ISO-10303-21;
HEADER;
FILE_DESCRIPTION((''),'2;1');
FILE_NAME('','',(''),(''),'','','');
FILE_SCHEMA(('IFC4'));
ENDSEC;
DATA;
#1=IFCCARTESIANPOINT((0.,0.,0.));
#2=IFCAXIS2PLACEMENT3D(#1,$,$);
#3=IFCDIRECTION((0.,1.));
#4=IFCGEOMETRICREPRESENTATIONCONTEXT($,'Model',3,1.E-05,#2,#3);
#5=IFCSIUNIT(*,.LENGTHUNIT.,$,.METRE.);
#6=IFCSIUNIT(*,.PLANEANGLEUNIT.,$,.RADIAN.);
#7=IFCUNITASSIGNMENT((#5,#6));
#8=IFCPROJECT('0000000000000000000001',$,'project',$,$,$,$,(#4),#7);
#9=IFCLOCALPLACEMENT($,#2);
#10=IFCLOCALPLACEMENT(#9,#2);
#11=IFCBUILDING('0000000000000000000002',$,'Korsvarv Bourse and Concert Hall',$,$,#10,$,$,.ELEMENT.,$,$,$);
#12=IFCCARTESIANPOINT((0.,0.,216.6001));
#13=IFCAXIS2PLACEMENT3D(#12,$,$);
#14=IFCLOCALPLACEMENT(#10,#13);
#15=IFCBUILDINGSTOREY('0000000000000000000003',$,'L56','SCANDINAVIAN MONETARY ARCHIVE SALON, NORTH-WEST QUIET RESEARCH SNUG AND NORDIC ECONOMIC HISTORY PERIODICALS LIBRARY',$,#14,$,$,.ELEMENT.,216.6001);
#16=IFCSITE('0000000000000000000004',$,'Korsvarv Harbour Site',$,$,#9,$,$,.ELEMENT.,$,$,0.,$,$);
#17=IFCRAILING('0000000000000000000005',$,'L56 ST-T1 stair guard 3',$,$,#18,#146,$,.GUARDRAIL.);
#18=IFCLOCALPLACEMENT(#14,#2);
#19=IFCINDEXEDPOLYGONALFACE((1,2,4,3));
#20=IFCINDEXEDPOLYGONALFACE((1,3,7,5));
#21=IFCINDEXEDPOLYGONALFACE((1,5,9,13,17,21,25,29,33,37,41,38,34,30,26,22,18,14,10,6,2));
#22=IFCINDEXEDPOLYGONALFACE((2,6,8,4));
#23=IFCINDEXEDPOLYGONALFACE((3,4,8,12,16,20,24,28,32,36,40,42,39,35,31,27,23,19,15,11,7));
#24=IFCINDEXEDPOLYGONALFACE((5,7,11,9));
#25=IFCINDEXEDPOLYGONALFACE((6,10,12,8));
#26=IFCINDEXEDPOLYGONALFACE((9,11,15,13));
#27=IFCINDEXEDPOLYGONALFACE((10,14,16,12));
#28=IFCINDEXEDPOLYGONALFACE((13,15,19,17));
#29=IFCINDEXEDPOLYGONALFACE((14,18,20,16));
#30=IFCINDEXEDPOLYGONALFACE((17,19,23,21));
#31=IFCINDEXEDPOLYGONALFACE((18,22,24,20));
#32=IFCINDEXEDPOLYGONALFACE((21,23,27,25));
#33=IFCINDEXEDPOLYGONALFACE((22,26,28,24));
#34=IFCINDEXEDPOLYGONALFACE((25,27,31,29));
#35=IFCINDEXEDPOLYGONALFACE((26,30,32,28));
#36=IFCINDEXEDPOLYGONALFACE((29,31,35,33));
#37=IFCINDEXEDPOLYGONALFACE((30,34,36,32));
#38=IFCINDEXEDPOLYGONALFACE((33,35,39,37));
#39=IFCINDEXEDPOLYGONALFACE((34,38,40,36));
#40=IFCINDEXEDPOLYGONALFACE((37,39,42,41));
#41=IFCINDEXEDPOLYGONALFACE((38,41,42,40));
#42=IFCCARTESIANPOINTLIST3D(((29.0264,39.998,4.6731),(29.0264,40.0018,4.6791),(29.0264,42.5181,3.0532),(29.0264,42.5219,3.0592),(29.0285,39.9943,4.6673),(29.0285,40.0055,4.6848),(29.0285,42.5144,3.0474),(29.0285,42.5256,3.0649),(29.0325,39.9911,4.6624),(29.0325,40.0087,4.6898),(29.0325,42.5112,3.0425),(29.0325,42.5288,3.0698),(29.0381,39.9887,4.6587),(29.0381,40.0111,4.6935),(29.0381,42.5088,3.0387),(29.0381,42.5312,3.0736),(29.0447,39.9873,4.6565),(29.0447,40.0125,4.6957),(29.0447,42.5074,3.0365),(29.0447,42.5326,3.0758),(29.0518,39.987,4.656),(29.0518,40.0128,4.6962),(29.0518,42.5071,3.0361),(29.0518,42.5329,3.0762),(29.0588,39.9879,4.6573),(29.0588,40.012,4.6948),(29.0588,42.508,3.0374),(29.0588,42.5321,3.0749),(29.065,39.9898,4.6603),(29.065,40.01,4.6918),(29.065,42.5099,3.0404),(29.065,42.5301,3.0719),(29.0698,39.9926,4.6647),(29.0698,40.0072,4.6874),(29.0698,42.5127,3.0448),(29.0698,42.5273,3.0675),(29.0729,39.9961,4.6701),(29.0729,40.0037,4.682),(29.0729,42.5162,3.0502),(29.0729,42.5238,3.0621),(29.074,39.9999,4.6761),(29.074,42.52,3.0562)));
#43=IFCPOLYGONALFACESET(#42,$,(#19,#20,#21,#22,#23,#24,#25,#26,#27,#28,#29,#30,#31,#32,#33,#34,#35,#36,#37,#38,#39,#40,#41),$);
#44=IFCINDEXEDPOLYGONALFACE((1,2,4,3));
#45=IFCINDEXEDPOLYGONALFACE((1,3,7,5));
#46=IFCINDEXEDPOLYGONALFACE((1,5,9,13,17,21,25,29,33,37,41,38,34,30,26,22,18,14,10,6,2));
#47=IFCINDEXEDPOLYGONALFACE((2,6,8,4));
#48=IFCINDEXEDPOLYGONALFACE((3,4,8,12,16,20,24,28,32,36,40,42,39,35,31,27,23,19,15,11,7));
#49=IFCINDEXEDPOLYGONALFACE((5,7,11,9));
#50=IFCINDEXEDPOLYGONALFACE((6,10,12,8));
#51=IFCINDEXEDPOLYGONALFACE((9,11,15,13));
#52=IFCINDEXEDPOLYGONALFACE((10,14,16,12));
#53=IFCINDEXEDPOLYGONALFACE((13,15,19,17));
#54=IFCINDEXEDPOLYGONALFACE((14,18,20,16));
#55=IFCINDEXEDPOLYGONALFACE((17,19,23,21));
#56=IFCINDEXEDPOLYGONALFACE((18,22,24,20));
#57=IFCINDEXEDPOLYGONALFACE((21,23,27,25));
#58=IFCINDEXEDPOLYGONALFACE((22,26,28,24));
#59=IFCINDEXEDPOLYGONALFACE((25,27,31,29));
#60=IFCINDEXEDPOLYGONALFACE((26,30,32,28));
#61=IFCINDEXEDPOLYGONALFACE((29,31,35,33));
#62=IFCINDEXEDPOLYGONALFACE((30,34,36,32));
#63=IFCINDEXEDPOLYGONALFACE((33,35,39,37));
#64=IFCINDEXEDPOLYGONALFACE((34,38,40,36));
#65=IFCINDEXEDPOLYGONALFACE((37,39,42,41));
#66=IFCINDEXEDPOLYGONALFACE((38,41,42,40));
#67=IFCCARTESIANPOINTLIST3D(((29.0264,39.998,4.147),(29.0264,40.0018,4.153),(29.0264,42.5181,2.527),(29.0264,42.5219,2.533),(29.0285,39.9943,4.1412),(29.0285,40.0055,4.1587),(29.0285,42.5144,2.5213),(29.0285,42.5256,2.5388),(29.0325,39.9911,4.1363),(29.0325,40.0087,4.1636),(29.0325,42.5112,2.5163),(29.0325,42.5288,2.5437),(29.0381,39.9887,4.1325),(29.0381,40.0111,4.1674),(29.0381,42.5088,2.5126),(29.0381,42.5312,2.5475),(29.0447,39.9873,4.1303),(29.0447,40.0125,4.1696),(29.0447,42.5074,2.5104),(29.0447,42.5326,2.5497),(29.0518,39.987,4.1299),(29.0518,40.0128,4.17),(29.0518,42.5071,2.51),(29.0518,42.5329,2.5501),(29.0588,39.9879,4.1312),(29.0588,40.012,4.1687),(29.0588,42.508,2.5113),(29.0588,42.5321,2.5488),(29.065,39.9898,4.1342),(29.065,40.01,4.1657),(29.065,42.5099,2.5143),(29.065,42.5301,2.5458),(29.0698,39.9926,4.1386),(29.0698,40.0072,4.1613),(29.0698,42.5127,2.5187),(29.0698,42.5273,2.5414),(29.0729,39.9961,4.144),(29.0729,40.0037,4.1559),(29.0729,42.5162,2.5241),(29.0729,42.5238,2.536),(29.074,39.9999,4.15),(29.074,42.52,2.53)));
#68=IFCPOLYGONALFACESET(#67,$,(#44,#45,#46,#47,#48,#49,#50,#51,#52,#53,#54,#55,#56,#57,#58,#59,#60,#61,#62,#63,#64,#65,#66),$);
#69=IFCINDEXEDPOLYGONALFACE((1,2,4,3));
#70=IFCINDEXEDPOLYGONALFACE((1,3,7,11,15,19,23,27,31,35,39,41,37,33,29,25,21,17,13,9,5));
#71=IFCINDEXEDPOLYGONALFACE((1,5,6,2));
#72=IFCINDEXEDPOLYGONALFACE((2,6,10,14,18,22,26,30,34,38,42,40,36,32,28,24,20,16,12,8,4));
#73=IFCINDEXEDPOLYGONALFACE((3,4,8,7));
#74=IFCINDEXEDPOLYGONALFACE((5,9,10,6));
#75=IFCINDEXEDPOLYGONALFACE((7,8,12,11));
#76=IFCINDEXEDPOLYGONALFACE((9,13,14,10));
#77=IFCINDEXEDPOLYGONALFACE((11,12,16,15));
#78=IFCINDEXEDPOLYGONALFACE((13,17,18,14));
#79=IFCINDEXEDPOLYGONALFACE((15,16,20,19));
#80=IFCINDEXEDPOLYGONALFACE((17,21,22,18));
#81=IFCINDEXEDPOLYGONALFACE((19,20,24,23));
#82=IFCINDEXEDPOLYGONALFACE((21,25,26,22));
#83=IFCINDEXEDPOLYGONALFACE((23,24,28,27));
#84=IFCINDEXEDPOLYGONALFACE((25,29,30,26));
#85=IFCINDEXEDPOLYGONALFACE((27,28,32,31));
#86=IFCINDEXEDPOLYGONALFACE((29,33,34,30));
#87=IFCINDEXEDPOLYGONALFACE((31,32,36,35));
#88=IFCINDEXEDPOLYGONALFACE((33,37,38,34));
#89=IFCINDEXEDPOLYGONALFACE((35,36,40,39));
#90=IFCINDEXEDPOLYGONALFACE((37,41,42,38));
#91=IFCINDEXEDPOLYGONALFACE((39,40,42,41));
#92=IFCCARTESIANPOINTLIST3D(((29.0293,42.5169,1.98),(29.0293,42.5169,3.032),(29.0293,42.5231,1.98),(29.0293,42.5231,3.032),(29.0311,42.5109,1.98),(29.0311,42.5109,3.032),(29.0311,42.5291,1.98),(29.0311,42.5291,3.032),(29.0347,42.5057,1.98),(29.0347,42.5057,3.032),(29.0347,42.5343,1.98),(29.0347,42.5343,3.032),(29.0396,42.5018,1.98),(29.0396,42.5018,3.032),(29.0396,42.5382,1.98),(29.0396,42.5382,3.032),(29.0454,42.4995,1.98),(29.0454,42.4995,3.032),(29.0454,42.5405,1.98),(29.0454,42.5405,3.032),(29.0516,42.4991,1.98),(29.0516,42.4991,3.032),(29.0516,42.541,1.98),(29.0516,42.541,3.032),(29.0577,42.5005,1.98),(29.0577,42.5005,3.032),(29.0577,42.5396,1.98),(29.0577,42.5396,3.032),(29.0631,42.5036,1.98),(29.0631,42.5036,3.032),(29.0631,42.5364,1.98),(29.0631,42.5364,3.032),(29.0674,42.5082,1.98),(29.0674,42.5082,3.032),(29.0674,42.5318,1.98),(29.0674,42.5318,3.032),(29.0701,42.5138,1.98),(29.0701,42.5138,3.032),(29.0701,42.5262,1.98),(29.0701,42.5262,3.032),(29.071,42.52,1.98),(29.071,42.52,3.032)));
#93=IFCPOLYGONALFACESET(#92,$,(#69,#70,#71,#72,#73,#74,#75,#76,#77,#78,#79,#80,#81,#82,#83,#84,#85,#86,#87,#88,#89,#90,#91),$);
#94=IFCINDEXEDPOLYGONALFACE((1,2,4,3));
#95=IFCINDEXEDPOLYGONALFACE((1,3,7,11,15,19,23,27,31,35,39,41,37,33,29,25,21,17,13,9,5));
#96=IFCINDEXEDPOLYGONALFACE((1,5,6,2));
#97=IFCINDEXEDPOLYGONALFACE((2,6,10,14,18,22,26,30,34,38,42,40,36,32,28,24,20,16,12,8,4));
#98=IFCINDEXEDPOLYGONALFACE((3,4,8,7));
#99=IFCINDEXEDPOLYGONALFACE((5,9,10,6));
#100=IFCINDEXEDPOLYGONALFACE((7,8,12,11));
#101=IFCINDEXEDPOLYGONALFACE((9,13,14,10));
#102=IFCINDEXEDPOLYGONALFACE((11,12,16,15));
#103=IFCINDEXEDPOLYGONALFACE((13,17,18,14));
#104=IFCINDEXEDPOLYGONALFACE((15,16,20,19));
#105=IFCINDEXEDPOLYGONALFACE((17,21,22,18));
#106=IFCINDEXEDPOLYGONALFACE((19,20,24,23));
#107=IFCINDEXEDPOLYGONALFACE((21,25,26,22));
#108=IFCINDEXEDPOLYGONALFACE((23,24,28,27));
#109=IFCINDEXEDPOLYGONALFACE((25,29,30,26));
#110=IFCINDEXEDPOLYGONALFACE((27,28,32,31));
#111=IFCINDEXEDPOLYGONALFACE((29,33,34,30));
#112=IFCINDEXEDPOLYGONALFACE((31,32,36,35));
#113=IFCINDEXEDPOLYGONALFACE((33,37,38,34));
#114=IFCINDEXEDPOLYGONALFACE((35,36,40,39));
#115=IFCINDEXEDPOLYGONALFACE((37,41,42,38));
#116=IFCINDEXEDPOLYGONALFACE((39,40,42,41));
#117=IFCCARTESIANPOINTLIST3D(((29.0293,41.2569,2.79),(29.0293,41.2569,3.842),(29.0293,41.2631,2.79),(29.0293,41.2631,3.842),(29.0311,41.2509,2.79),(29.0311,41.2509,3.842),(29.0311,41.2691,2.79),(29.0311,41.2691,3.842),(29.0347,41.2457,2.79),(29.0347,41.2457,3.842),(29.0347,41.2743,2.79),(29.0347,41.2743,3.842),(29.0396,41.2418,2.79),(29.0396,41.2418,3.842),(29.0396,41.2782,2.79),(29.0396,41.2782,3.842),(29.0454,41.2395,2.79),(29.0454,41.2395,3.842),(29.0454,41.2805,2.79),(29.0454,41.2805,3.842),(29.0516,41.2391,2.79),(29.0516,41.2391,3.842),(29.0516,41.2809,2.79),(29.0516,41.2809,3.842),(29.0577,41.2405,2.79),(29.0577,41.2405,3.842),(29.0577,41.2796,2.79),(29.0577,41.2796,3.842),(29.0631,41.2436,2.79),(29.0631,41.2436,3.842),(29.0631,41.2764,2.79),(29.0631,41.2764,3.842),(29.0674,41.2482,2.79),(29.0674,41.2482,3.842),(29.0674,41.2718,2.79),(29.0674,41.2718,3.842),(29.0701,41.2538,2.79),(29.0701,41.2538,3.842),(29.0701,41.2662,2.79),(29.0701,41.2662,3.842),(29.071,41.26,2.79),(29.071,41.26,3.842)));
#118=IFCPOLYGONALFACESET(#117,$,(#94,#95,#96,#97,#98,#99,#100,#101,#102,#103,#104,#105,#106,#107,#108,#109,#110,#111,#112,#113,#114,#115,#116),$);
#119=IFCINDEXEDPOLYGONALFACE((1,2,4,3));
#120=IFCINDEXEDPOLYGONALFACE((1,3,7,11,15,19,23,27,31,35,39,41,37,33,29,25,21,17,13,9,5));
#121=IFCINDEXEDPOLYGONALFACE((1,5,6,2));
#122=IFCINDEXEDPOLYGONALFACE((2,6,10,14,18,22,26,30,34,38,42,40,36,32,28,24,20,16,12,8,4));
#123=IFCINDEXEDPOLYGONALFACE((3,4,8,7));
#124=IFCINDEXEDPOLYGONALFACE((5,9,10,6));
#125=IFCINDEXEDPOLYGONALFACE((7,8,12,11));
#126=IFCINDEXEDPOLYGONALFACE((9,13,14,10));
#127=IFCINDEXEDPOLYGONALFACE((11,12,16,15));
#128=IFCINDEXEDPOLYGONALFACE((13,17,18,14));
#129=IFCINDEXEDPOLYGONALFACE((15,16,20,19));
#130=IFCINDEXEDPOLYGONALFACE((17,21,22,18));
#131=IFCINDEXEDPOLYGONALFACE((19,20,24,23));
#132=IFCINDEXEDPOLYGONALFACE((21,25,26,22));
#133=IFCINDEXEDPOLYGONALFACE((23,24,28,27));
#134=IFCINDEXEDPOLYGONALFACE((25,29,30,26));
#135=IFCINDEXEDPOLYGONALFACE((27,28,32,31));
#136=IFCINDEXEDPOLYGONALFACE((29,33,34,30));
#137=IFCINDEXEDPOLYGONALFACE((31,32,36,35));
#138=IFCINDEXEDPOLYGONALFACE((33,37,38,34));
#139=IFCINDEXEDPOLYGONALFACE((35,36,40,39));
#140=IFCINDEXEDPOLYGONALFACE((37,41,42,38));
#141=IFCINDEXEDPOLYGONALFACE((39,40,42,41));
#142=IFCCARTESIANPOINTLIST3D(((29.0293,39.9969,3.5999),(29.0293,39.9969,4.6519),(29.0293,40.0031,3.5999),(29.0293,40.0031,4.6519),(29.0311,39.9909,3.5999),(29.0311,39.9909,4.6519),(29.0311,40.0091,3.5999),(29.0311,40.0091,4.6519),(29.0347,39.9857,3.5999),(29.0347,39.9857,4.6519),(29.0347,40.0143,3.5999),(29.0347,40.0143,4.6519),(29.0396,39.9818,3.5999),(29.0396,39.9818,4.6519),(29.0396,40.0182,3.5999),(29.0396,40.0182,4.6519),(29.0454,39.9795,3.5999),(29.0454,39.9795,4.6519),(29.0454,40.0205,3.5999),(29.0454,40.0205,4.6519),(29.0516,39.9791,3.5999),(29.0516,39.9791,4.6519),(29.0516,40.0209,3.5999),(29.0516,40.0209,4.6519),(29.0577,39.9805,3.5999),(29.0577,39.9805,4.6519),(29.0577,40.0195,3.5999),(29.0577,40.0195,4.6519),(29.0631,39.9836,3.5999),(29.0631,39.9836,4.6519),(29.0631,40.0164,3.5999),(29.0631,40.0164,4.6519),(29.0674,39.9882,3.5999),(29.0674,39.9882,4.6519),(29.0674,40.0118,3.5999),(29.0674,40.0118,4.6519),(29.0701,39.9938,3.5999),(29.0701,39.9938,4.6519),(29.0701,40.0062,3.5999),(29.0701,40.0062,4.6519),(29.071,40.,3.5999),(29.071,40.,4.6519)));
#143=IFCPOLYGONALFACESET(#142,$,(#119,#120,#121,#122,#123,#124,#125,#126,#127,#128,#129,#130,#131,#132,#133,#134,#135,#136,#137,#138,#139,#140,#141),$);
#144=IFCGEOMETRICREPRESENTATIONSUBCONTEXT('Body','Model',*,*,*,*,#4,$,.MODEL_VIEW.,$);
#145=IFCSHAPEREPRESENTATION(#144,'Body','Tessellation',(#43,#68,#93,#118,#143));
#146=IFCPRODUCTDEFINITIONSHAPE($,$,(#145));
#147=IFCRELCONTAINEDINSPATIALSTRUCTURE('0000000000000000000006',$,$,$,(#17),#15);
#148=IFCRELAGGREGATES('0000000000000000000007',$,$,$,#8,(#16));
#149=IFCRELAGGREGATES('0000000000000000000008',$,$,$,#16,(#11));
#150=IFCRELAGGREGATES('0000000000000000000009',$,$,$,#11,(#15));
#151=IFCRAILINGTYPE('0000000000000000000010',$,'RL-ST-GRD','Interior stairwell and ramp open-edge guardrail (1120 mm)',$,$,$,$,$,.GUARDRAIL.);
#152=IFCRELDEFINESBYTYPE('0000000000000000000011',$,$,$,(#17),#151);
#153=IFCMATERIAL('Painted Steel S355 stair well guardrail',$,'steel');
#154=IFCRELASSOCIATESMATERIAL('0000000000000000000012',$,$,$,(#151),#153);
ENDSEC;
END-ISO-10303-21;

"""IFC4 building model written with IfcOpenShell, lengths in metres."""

from ifc_helpers import new_model, si_unit, direction, frame, origin, origin_2d, place, context, subcontext, project, spatial, circle, extrude, material, type_object, element, save


model = new_model("IFC4")

# Units and contexts
model_context = context("Model", 3, precision=1e-05, world=origin(), true_north=direction((0.0, 1.0)))
body_context = subcontext(model_context, "Body", "Model", "MODEL_VIEW")
ifc_project = project(units=[si_unit("LENGTHUNIT", "METRE"), si_unit("PLANEANGLEUNIT", "RADIAN")], contexts=[model_context])

# Site, building, storey
site_placement = place(None, origin())
site = spatial("IfcSite", under=ifc_project, at=site_placement, Name="Korsvarv Harbour Site", CompositionType="ELEMENT", RefElevation=0.0)
building_placement = place(site_placement, origin())
building = spatial("IfcBuilding", under=site, at=building_placement, Name="Korsvarv Bourse and Concert Hall", CompositionType="ELEMENT")
storey_placement = place(building_placement, frame((0.0, 0.0, 216.6001)))
storey = spatial("IfcBuildingStorey", under=building, at=storey_placement, Name="L56", Description="SCANDINAVIAN MONETARY ARCHIVE SALON, NORTH-WEST QUIET RESEARCH SNUG AND NORDIC ECONOMIC HISTORY PERIODICALS LIBRARY", CompositionType="ELEMENT", Elevation=216.6001)

# Railing
ifc_material_1 = material(Name="Painted Steel S355 stair well guardrail", Category="steel")
railing_type_1 = type_object("IfcRailingType", Name="RL-ST-GRD", Description="Interior stairwell and ramp open-edge guardrail (1120 mm)", PredefinedType="GUARDRAIL", material=ifc_material_1)
railing_1_placement = place(storey_placement, frame((29.05, 42.52, 1.98)))
element("IfcRailing", 1, at=railing_1_placement, inside=storey, type_object=railing_type_1, Name="L56 ST-T1 stair guard 3", PredefinedType="GUARDRAIL", context=body_context, shape_type="SweptSolid", body=[
    extrude(circle(Radius=0.0239, at=origin_2d()), frame((0.0, 0.0, 1.0762), z_axis=(0.0, -0.8412, 0.540725), x_axis=(1.0, 0.0, 0.0)), (0.0, 0.0, 1.0), 2.9958),
    extrude(circle(Radius=0.0239, at=origin_2d()), frame((0.0, 0.0, 0.55), z_axis=(0.0, -0.8412, 0.540725), x_axis=(1.0, 0.0, 0.0)), (0.0, 0.0, 1.0), 2.9958),
    extrude(circle(Radius=0.021, at=origin_2d()), origin(), (0.0, 0.0, 1.0), 1.052),
    extrude(circle(Radius=0.021, at=origin_2d()), frame((0.0, -1.26, 0.8101)), (0.0, 0.0, 1.0), 1.052),
    extrude(circle(Radius=0.021, at=origin_2d()), frame((0.0, -2.52, 1.6199)), (0.0, 0.0, 1.0), 1.052),
])

save(model, "model.ifc")
